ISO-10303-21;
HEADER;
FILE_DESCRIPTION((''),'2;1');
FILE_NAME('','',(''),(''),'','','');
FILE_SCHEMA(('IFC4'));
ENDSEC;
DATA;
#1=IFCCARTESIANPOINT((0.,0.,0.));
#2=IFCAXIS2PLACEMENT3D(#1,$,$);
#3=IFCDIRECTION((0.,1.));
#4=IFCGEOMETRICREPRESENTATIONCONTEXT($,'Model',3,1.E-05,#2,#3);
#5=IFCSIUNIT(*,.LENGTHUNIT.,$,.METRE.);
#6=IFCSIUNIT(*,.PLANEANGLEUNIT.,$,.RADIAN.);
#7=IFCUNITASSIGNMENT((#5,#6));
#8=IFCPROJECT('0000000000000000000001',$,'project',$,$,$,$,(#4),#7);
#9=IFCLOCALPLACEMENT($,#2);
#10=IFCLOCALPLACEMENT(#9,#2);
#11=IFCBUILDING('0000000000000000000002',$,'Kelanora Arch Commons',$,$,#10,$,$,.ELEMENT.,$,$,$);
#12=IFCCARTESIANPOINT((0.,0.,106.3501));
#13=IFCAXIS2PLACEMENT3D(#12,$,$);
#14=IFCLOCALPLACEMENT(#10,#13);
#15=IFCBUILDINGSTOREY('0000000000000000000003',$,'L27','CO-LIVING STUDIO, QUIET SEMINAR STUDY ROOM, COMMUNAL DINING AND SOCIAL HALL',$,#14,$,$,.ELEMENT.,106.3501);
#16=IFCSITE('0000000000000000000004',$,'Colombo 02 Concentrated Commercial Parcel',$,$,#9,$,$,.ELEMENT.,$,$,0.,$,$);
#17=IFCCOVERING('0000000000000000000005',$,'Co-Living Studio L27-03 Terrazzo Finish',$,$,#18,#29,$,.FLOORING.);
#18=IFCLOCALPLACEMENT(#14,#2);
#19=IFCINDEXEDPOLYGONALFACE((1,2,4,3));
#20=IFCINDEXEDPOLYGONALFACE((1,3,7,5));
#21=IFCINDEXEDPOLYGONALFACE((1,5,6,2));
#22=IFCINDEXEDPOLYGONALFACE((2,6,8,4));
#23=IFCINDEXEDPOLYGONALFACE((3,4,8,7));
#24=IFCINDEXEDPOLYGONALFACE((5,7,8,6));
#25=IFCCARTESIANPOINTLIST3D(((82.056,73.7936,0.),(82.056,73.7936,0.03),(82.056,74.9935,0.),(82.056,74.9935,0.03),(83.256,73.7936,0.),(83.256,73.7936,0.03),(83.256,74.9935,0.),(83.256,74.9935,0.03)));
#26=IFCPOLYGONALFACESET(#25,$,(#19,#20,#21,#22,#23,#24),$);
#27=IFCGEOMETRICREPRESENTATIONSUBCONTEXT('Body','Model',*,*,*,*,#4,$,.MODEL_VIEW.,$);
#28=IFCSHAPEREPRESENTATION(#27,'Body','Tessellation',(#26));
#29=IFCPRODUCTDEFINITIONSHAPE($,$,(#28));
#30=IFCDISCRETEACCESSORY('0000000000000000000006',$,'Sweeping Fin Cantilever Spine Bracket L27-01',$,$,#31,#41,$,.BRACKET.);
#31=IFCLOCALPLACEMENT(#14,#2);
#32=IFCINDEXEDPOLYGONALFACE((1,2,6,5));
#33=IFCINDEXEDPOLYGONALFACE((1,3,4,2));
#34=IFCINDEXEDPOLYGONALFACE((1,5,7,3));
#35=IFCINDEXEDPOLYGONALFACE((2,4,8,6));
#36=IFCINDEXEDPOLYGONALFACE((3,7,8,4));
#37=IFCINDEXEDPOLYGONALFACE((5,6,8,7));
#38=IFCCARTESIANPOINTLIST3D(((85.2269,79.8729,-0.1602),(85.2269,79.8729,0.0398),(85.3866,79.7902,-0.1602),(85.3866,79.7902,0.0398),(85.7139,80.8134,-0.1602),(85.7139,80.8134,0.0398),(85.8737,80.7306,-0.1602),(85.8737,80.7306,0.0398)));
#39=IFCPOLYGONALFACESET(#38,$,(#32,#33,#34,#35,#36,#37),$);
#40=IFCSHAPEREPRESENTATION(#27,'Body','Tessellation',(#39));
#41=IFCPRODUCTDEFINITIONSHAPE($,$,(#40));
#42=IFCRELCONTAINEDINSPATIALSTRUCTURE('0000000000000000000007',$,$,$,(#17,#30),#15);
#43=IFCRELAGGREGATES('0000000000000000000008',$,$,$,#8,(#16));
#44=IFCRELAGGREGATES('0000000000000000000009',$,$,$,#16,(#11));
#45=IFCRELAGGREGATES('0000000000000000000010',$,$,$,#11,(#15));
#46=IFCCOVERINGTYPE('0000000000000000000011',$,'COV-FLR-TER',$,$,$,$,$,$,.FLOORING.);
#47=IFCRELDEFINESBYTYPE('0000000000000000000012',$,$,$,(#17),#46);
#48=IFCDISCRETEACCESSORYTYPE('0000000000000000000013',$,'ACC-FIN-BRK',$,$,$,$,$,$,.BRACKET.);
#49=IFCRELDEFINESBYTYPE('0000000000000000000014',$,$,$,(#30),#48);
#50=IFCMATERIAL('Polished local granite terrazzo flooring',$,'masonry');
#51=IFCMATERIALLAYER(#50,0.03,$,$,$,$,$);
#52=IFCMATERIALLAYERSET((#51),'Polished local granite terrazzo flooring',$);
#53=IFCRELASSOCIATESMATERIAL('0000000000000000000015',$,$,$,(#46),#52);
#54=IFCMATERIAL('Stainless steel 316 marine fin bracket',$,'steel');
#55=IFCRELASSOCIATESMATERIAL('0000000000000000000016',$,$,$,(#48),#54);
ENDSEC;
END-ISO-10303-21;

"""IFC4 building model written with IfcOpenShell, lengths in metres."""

from ifc_helpers import new_model, si_unit, direction, frame, origin, origin_2d, place, context, subcontext, project, spatial, rectangle, extrude, source, transform, mapped, material, layer, layer_set, type_object, element, save


model = new_model("IFC4")

# Units and contexts
model_context = context("Model", 3, precision=1e-05, world=origin(), true_north=direction((0.0, 1.0)))
body_context = subcontext(model_context, "Body", "Model", "MODEL_VIEW")
ifc_project = project(units=[si_unit("LENGTHUNIT", "METRE"), si_unit("PLANEANGLEUNIT", "RADIAN")], contexts=[model_context])

# Site, building, storey
site_placement = place(None, origin())
site = spatial("IfcSite", under=ifc_project, at=site_placement, Name="Colombo 02 Concentrated Commercial Parcel", CompositionType="ELEMENT", RefElevation=0.0)
building_placement = place(site_placement, origin())
building = spatial("IfcBuilding", under=site, at=building_placement, Name="Kelanora Arch Commons", CompositionType="ELEMENT")
storey_placement = place(building_placement, frame((0.0, 0.0, 106.3501)))
storey = spatial("IfcBuildingStorey", under=building, at=storey_placement, Name="L27", Description="CO-LIVING STUDIO, QUIET SEMINAR STUDY ROOM, COMMUNAL DINING AND SOCIAL HALL", CompositionType="ELEMENT", Elevation=106.3501)

# Covering
ifc_material_1 = material(Name="Polished local granite terrazzo flooring", Category="masonry")
ifc_layer_1 = layer(ifc_material_1, 0.03)
ifc_layer_set_1 = layer_set([ifc_layer_1], Name="Polished local granite terrazzo flooring")
covering_type = type_object("IfcCoveringType", Name="COV-FLR-TER", PredefinedType="FLOORING", material=ifc_layer_set_1)
shared_shape_1 = source(origin(), body_context, "Body", "SweptSolid", [
    extrude(rectangle(XDim=1.2, YDim=1.2, at=origin_2d()), origin(), (0.0, 0.0, 1.0), 0.03),
])
covering_placement = place(storey_placement, frame((82.656, 74.3936, 0.0), z_axis=(0.0, 0.0, 1.0), x_axis=(1.0, 0.0, 0.0)))
element("IfcCovering", 1, at=covering_placement, inside=storey, type_object=covering_type, Name="Co-Living Studio L27-03 Terrazzo Finish", PredefinedType="FLOORING", context=body_context, shape_type="MappedRepresentation", body=[
    mapped(shared_shape_1, transform((0.0, 0.0, 0.0), scale=1.0)),
])

# Discrete accessory
ifc_material_2 = material(Name="Stainless steel 316 marine fin bracket", Category="steel")
discrete_accessory_type = type_object("IfcDiscreteAccessoryType", Name="ACC-FIN-BRK", PredefinedType="BRACKET", material=ifc_material_2)
shared_shape_2 = source(origin(), body_context, "Body", "SweptSolid", [
    extrude(rectangle(XDim=1.0591, YDim=0.1799, at=origin_2d()), origin(), (0.0, 0.0, 1.0), 0.2),
])
discrete_accessory_placement = place(storey_placement, frame((85.5503, 80.3018, -0.1602), z_axis=(0.0, 0.0, 1.0), x_axis=(0.45989, 0.887976, 0.0)))
element("IfcDiscreteAccessory", 2, at=discrete_accessory_placement, inside=storey, type_object=discrete_accessory_type, Name="Sweeping Fin Cantilever Spine Bracket L27-01", PredefinedType="BRACKET", context=body_context, shape_type="MappedRepresentation", body=[
    mapped(shared_shape_2, transform((0.0, 0.0, 0.0), scale=1.0)),
])

save(model, "model.ifc")
